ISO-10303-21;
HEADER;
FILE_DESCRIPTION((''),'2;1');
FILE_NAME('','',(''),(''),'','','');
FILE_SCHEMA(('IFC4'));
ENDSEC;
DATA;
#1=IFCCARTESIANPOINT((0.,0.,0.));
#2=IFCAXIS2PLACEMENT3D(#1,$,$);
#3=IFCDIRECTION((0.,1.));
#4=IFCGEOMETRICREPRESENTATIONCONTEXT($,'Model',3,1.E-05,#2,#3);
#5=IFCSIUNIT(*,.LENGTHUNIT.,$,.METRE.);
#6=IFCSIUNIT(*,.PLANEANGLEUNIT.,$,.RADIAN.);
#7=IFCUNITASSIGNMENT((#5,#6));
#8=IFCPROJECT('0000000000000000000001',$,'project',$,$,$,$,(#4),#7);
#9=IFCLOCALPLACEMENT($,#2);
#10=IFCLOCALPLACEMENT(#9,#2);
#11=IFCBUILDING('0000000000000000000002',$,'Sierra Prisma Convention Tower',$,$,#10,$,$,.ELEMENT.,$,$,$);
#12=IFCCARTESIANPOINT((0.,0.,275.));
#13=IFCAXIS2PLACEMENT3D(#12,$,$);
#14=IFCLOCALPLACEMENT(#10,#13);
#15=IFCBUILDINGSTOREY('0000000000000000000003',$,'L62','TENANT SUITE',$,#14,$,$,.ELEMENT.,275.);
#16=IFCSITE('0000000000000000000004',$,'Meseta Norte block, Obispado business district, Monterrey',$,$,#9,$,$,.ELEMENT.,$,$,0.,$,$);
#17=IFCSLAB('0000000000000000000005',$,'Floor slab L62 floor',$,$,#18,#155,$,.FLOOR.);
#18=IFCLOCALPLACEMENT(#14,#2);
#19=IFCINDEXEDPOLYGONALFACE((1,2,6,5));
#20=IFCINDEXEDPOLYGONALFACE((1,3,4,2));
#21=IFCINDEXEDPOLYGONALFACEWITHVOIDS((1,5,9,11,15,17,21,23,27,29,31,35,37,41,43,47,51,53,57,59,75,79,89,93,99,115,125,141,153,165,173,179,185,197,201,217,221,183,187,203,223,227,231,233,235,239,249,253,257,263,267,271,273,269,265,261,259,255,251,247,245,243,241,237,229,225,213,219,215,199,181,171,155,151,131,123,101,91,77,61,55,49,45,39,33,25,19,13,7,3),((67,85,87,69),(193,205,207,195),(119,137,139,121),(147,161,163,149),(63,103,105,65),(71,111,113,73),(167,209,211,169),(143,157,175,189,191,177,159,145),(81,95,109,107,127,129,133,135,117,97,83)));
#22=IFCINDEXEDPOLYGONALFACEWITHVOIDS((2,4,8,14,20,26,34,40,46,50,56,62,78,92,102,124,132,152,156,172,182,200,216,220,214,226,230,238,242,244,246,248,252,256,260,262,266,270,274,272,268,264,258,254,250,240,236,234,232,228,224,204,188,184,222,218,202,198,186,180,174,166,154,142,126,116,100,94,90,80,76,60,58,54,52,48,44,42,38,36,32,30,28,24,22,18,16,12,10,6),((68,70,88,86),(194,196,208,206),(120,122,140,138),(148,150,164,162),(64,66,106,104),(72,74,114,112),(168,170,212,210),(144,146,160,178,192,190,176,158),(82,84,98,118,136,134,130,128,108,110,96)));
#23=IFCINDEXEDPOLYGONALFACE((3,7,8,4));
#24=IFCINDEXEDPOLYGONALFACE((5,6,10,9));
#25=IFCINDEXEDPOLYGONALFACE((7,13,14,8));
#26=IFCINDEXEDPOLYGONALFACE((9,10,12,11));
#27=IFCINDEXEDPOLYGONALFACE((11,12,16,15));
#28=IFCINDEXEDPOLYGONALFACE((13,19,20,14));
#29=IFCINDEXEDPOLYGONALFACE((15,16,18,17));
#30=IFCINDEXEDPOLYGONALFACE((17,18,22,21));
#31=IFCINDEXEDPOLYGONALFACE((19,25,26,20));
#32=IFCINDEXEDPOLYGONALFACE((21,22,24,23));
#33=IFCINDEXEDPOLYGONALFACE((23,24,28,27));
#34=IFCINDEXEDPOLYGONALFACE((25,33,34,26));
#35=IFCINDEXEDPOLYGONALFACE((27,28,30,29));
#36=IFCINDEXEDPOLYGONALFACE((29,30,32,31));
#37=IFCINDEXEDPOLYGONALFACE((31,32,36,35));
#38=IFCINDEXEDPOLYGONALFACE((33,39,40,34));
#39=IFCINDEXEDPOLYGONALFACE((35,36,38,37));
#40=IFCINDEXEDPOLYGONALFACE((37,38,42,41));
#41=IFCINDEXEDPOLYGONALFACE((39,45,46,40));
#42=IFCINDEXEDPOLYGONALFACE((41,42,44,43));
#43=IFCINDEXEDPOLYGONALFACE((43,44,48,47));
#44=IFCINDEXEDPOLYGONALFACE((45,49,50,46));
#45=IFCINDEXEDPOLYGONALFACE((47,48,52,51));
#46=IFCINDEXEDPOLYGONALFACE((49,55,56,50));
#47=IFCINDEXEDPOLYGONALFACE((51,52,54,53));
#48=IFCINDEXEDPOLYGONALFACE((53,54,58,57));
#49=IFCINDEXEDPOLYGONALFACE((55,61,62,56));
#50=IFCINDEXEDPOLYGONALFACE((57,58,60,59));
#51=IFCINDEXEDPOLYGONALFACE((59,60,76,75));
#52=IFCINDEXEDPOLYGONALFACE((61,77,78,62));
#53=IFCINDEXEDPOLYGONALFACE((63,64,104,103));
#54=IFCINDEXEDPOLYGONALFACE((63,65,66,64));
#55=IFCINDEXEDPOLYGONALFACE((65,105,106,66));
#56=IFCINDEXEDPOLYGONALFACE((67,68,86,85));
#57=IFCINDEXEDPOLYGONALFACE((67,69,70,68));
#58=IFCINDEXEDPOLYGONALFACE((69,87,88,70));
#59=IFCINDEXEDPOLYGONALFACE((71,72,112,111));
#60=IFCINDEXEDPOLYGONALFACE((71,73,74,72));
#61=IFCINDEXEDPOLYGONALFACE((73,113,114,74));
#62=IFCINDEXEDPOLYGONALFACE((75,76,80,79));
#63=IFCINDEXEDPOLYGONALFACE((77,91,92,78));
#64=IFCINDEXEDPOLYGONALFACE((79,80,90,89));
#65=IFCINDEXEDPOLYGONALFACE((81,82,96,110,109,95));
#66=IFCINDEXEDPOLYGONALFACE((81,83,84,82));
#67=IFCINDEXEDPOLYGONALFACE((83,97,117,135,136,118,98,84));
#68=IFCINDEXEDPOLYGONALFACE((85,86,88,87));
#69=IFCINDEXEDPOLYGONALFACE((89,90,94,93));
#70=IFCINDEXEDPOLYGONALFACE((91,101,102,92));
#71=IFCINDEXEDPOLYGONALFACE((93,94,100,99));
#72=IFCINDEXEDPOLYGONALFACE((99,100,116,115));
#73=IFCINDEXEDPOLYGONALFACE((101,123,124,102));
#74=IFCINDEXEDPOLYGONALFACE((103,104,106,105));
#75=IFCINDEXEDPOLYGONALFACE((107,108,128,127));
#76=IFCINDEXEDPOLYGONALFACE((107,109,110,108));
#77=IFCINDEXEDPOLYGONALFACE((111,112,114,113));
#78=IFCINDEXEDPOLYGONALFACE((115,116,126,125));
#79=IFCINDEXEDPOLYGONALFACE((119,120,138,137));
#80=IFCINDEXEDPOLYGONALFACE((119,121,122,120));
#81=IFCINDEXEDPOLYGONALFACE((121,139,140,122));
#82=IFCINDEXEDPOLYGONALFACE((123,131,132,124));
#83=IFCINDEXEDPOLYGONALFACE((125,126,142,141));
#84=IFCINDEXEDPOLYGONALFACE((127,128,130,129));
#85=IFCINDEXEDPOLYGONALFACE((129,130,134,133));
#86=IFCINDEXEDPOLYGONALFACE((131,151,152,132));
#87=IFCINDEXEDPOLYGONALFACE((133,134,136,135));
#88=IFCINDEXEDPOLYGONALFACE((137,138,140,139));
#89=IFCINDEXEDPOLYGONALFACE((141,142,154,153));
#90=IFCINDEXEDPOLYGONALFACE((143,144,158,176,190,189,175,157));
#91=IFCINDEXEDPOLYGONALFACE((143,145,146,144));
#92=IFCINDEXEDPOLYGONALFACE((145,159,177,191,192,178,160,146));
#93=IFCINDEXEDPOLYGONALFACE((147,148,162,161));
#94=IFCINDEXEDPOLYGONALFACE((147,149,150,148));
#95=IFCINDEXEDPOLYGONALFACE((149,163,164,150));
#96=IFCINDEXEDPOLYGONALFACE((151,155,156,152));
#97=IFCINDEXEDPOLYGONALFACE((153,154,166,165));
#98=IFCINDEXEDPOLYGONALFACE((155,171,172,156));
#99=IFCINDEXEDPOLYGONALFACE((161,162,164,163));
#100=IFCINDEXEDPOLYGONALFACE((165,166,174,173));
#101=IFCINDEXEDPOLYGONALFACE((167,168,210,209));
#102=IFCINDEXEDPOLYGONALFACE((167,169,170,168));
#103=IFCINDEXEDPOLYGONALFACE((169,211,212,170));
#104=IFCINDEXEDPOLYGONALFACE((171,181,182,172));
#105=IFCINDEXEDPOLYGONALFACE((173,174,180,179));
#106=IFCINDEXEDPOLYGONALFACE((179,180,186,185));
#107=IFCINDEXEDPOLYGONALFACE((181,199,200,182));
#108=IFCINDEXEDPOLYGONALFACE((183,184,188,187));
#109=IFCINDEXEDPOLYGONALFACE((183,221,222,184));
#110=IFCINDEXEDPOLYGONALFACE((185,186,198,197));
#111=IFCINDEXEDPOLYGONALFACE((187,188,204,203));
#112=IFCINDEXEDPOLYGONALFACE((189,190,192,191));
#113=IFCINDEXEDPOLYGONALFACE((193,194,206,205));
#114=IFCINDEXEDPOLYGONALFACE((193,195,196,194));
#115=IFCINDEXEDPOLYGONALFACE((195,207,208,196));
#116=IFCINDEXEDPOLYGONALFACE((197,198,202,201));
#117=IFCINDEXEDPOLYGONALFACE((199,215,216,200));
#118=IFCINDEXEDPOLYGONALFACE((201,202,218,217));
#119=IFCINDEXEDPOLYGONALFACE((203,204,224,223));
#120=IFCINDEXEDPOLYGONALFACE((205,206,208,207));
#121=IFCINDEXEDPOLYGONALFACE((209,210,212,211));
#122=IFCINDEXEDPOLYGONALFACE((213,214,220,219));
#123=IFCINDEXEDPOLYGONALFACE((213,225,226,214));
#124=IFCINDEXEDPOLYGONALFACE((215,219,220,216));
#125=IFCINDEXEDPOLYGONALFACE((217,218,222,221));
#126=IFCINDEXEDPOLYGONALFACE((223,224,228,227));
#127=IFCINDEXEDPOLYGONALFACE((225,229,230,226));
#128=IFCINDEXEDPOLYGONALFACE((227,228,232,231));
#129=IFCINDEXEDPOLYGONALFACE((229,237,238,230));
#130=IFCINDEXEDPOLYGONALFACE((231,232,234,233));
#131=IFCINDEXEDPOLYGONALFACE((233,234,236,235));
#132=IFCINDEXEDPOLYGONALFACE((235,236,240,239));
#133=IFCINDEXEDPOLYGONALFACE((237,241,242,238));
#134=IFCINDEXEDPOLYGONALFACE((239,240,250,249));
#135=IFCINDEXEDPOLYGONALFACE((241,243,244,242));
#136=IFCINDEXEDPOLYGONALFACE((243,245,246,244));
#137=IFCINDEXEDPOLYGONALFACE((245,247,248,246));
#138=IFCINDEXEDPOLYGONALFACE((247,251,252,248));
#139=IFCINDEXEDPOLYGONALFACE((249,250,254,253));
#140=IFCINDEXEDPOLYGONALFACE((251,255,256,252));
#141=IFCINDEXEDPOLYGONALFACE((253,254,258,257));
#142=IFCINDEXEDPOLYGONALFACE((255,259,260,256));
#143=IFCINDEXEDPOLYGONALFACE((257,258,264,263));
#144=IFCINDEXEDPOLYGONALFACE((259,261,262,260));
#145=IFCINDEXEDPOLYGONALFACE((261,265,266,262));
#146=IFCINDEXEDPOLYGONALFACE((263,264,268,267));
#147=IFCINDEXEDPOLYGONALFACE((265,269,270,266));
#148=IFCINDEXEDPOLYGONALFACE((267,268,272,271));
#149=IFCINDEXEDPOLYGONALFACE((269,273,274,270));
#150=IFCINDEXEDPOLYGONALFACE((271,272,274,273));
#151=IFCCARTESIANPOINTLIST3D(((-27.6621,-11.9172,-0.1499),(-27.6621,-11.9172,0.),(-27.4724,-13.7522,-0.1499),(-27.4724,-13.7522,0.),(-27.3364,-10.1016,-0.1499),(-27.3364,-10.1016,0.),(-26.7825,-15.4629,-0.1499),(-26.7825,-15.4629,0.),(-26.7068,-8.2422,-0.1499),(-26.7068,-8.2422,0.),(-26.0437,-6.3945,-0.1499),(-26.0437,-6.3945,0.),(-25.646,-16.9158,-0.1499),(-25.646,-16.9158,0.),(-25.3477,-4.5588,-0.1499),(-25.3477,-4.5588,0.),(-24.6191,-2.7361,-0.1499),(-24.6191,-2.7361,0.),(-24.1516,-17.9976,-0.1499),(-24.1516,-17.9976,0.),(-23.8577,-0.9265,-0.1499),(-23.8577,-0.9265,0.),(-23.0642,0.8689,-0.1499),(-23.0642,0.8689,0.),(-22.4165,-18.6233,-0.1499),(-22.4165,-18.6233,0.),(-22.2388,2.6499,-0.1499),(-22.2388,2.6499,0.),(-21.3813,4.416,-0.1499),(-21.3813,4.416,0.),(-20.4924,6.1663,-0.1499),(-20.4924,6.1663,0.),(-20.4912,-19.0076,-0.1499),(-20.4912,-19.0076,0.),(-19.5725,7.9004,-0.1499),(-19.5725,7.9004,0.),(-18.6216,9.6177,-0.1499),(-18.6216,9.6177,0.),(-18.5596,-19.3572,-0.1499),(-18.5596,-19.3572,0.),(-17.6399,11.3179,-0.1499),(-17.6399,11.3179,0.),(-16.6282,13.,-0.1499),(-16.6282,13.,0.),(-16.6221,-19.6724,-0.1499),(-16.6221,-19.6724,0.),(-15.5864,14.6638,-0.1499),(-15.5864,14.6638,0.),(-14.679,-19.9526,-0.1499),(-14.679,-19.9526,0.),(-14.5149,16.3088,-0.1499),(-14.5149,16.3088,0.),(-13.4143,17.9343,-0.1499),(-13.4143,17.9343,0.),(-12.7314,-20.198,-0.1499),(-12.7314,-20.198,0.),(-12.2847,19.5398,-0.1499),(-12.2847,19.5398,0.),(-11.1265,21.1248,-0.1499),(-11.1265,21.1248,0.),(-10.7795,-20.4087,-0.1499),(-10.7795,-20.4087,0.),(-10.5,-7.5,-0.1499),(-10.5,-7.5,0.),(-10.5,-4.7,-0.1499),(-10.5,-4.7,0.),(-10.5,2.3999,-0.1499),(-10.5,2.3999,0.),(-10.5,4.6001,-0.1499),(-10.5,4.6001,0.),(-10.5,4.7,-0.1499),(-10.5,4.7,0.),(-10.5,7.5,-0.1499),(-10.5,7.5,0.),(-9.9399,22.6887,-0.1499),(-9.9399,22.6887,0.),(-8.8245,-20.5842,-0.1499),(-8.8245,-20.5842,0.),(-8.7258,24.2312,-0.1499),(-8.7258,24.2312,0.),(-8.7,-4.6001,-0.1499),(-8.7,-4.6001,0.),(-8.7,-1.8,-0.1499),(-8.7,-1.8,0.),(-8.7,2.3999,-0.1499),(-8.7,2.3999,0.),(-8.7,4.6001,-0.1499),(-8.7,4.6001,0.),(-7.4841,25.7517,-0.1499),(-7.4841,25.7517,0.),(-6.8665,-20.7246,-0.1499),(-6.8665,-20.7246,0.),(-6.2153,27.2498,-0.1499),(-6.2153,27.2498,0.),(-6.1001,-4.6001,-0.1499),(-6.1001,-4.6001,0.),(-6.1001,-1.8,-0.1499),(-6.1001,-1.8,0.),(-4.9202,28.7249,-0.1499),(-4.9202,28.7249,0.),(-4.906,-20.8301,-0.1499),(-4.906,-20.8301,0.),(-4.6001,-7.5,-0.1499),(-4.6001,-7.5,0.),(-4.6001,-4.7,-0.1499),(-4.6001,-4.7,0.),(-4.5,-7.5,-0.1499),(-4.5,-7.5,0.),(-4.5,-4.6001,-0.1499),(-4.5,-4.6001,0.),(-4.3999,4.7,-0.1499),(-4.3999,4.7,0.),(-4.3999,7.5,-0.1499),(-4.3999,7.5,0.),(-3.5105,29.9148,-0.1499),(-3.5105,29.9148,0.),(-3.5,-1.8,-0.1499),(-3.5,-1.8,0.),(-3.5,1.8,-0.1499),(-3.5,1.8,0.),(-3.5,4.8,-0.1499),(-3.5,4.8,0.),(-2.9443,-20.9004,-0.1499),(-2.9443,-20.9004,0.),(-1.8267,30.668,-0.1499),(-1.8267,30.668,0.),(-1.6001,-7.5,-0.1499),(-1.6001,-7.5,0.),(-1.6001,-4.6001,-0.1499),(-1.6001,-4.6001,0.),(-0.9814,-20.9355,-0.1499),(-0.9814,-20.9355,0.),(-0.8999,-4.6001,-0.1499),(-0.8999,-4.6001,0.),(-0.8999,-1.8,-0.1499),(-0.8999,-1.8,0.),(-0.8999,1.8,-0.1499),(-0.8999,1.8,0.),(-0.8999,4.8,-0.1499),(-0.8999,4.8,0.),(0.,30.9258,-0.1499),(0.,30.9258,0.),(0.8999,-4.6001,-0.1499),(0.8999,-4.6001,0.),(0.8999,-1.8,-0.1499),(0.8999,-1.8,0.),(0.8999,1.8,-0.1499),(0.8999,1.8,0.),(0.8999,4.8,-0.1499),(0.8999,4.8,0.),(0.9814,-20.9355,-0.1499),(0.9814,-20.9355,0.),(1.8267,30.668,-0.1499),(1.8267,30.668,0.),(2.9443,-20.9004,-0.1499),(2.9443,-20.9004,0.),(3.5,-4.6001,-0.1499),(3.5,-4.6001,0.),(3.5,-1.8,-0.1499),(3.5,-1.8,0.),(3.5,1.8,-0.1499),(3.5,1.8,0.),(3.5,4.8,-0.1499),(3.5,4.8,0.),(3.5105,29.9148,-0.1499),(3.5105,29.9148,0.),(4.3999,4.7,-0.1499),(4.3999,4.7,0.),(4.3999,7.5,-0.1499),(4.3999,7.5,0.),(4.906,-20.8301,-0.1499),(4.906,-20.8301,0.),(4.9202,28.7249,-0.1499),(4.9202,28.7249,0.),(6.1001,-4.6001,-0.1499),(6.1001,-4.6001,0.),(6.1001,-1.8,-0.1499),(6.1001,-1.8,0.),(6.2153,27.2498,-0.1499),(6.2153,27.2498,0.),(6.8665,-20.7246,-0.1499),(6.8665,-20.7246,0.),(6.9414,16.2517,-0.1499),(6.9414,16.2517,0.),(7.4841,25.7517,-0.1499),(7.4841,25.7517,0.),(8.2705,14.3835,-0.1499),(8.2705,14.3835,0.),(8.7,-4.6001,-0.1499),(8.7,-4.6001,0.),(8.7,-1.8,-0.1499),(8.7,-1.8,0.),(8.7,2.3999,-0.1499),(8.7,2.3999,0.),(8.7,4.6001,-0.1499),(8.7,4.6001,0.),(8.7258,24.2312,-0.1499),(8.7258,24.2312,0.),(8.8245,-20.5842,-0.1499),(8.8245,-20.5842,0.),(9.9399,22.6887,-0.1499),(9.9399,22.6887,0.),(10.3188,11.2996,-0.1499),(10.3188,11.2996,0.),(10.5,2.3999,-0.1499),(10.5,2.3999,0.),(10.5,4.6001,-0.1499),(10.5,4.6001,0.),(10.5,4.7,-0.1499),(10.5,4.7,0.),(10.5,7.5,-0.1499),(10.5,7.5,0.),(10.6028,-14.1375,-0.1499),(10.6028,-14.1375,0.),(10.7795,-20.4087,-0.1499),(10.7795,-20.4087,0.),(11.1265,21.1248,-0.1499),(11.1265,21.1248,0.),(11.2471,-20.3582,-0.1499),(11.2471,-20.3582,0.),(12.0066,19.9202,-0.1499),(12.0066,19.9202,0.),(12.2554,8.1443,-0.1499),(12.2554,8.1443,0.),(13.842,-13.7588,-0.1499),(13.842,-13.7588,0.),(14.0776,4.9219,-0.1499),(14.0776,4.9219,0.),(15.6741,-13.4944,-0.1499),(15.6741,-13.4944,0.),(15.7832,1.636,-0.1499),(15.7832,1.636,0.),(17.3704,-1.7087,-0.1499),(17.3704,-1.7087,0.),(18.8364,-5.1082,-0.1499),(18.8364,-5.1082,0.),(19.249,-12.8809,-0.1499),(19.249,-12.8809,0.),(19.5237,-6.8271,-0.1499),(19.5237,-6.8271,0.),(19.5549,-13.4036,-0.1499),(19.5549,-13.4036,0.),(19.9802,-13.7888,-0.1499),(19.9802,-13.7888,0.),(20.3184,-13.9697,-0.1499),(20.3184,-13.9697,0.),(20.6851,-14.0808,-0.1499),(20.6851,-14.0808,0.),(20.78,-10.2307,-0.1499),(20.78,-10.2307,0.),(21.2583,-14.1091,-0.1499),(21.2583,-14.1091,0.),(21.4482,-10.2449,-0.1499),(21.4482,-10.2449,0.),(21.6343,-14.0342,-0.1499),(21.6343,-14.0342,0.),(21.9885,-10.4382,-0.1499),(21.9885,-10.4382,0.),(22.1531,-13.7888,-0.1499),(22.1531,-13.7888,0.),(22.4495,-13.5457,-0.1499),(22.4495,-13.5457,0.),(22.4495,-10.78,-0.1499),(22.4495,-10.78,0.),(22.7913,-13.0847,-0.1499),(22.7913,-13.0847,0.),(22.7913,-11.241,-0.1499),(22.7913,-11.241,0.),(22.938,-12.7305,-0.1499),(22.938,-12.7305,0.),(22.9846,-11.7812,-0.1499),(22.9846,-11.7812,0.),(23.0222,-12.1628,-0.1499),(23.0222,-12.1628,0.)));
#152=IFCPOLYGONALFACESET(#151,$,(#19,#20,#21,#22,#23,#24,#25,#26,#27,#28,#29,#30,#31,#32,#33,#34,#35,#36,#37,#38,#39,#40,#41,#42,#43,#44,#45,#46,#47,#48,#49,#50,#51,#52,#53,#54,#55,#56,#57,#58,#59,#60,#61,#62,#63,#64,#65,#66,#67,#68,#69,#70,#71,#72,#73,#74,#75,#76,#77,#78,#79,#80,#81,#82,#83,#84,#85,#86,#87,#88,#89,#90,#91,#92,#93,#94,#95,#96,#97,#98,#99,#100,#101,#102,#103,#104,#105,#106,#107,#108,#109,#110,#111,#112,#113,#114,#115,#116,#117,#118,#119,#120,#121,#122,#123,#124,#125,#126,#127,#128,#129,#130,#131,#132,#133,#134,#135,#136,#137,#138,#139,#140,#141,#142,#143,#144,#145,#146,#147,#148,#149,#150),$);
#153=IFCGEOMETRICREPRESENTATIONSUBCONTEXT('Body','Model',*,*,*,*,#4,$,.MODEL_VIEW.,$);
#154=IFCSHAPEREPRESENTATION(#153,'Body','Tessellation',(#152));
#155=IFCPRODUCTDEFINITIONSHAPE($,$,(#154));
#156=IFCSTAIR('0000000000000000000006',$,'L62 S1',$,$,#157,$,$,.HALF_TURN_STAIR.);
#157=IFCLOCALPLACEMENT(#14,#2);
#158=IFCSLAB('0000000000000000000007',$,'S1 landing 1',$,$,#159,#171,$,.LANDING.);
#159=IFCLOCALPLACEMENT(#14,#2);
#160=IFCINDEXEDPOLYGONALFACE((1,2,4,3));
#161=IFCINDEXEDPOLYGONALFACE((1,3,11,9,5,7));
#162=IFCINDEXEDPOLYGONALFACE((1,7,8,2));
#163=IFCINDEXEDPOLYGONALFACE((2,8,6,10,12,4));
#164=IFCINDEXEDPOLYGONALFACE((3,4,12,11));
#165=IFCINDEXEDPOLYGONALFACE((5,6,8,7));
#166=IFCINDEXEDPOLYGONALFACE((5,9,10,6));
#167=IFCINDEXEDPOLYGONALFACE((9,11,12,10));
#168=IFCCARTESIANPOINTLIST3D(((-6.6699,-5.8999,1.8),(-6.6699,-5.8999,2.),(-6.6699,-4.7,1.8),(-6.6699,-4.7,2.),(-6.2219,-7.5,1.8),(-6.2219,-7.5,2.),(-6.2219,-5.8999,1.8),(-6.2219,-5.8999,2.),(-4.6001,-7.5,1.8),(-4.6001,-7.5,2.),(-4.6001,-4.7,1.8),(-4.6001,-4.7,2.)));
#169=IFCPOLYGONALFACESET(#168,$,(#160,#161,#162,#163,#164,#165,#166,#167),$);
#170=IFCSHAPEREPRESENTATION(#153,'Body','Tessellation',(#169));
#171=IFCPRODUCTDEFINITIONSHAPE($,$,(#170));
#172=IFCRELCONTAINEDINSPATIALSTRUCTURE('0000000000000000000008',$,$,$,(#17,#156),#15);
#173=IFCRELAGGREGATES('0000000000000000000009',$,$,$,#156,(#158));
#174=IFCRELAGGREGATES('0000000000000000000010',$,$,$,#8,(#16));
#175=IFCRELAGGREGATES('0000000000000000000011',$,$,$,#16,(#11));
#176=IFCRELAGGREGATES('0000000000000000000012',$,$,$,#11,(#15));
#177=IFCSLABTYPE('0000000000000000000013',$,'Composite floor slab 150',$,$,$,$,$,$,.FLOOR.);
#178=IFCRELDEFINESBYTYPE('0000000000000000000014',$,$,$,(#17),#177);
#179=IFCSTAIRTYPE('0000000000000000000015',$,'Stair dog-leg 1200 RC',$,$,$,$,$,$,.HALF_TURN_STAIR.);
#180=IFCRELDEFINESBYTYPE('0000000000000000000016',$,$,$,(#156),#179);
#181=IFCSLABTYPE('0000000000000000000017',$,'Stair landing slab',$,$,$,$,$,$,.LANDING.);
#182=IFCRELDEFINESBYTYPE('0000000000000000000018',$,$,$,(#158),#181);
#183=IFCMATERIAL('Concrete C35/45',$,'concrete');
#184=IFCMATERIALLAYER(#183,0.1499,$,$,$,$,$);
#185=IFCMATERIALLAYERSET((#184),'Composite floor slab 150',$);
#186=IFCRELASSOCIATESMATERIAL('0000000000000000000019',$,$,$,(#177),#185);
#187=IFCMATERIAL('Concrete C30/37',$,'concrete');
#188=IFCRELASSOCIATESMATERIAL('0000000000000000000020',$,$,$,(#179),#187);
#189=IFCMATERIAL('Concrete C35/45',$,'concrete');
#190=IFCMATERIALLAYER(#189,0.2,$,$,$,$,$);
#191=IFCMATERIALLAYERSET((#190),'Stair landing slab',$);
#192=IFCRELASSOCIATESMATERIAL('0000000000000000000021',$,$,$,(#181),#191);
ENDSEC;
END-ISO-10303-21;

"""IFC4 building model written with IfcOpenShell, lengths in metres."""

from ifc_helpers import new_model, si_unit, direction, frame, origin, place, context, subcontext, project, spatial, polyline, outline, extrude, material, layer, layer_set, type_object, element, aggregate, save


model = new_model("IFC4")

# Units and contexts
model_context = context("Model", 3, precision=1e-05, world=origin(), true_north=direction((0.0, 1.0)))
body_context = subcontext(model_context, "Body", "Model", "MODEL_VIEW")
ifc_project = project(units=[si_unit("LENGTHUNIT", "METRE"), si_unit("PLANEANGLEUNIT", "RADIAN")], contexts=[model_context])

# Site, building, storey
site_placement = place(None, origin())
site = spatial("IfcSite", under=ifc_project, at=site_placement, Name="Meseta Norte block, Obispado business district, Monterrey", CompositionType="ELEMENT", RefElevation=0.0)
building_placement = place(site_placement, origin())
building = spatial("IfcBuilding", under=site, at=building_placement, Name="Sierra Prisma Convention Tower", CompositionType="ELEMENT")
storey_placement = place(building_placement, frame((0.0, 0.0, 275.0)))
storey = spatial("IfcBuildingStorey", under=building, at=storey_placement, Name="L62", Description="TENANT SUITE", CompositionType="ELEMENT", Elevation=275.0)

# Slab
ifc_material_1 = material(Name="Concrete C35/45", Category="concrete")
ifc_layer_1 = layer(ifc_material_1, 0.1499)
ifc_layer_set_1 = layer_set([ifc_layer_1], Name="Composite floor slab 150")
slab_type_1 = type_object("IfcSlabType", Name="Composite floor slab 150", PredefinedType="FLOOR", material=ifc_layer_set_1)
slab_1_placement = place(storey_placement, frame((0.0, 0.0, -0.1499)))
element("IfcSlab", 1, at=slab_1_placement, inside=storey, type_object=slab_type_1, Name="Floor slab L62 floor", PredefinedType="FLOOR", context=body_context, shape_type="SweptSolid", body=[
    extrude(outline(polyline([(10.7795, -20.4087), (11.2471, -20.3582), (10.6028, -14.1375), (13.842, -13.7588), (15.6741, -13.4944), (19.249, -12.8809), (19.5549, -13.4036), (19.9802, -13.7888), (20.3184, -13.9697), (20.6851, -14.0808), (21.2583, -14.1091), (21.6343, -14.0342), (22.1531, -13.7888), (22.4495, -13.5457), (22.7913, -13.0847), (22.938, -12.7305), (23.0222, -12.1628), (22.9846, -11.7812), (22.7913, -11.241), (22.4495, -10.78), (21.9885, -10.4382), (21.4482, -10.2449), (20.78, -10.2307), (19.5237, -6.8271), (18.8364, -5.1082), (17.3704, -1.7087), (15.7832, 1.636), (14.0776, 4.9219), (12.2554, 8.1443), (10.3188, 11.2996), (8.2705, 14.3835), (6.9414, 16.2517), (12.0066, 19.9202), (11.1265, 21.1248), (9.9399, 22.6887), (8.7258, 24.2312), (7.4841, 25.7517), (6.2153, 27.2498), (4.9202, 28.7249), (3.5105, 29.9148), (1.8267, 30.668), (0.0, 30.9258), (-1.8267, 30.668), (-3.5105, 29.9148), (-4.9202, 28.7249), (-6.2153, 27.2498), (-7.4841, 25.7517), (-8.7258, 24.2312), (-9.9399, 22.6887), (-11.1265, 21.1248), (-12.2847, 19.5398), (-13.4143, 17.9343), (-14.5149, 16.3088), (-15.5864, 14.6638), (-16.6282, 13.0), (-17.6399, 11.3179), (-18.6216, 9.6177), (-19.5725, 7.9004), (-20.4924, 6.1663), (-21.3813, 4.416), (-22.2388, 2.6499), (-23.0642, 0.8689), (-23.8577, -0.9265), (-24.6191, -2.7361), (-25.3477, -4.5588), (-26.0437, -6.3945), (-26.7068, -8.2422), (-27.3364, -10.1016), (-27.6621, -11.9172), (-27.4724, -13.7522), (-26.7825, -15.4629), (-25.646, -16.9158), (-24.1516, -17.9976), (-22.4165, -18.6233), (-20.4912, -19.0076), (-18.5596, -19.3572), (-16.6221, -19.6724), (-14.679, -19.9526), (-12.7314, -20.198), (-10.7795, -20.4087), (-8.8245, -20.5842), (-6.8665, -20.7246), (-4.906, -20.8301), (-2.9443, -20.9004), (-0.9814, -20.9355), (0.9814, -20.9355), (2.9443, -20.9004), (4.906, -20.8301), (6.8665, -20.7246), (8.8245, -20.5842), (10.7795, -20.4087)]), holes=[polyline([(-4.6001, -4.7), (-4.6001, -7.5), (-10.5, -7.5), (-10.5, -4.7), (-4.6001, -4.7)]), polyline([(-4.5, -7.5), (-4.5, -4.6001), (-6.1001, -4.6001), (-8.7, -4.6001), (-8.7, -1.8), (-6.1001, -1.8), (-3.5, -1.8), (-0.8999, -1.8), (-0.8999, -4.6001), (-1.6001, -4.6001), (-1.6001, -7.5), (-4.5, -7.5)]), polyline([(-8.7, 2.3999), (-10.5, 2.3999), (-10.5, 4.6001), (-8.7, 4.6001), (-8.7, 2.3999)]), polyline([(-4.3999, 4.7), (-10.5, 4.7), (-10.5, 7.5), (-4.3999, 7.5), (-4.3999, 4.7)]), polyline([(3.5, -1.8), (6.1001, -1.8), (8.7, -1.8), (8.7, -4.6001), (6.1001, -4.6001), (3.5, -4.6001), (0.8999, -4.6001), (0.8999, -1.8), (3.5, -1.8)]), polyline([(-0.8999, 1.8), (-3.5, 1.8), (-3.5, 4.8), (-0.8999, 4.8), (-0.8999, 1.8)]), polyline([(3.5, 1.8), (0.8999, 1.8), (0.8999, 4.8), (3.5, 4.8), (3.5, 1.8)]), polyline([(10.5, 2.3999), (8.7, 2.3999), (8.7, 4.6001), (10.5, 4.6001), (10.5, 2.3999)]), polyline([(10.5, 4.7), (4.3999, 4.7), (4.3999, 7.5), (10.5, 7.5), (10.5, 4.7)])]), origin(), (0.0, 0.0, 1.0), 0.1499),
])

# Stair, slab
ifc_material_2 = material(Name="Concrete C30/37", Category="concrete")
stair_type = type_object("IfcStairType", Name="Stair dog-leg 1200 RC", PredefinedType="HALF_TURN_STAIR", material=ifc_material_2)
stair_1_placement = place(storey_placement, origin())
stair_1 = element("IfcStair", 2, at=stair_1_placement, inside=storey, type_object=stair_type, Name="L62 S1", PredefinedType="HALF_TURN_STAIR")
ifc_material_3 = material(Name="Concrete C35/45", Category="concrete")
ifc_layer_2 = layer(ifc_material_3, 0.2)
ifc_layer_set_2 = layer_set([ifc_layer_2], Name="Stair landing slab")
slab_type_2 = type_object("IfcSlabType", Name="Stair landing slab", PredefinedType="LANDING", material=ifc_layer_set_2)
slab_2_placement = place(storey_placement, frame((0.0, 0.0, 1.8)))
slab_2 = element("IfcSlab", 3, at=slab_2_placement, type_object=slab_type_2, Name="S1 landing 1", PredefinedType="LANDING", context=body_context, shape_type="SweptSolid", body=[
    extrude(outline(polyline([(-4.6001, -4.7), (-4.6001, -7.5), (-6.2219, -7.5), (-6.2219, -5.8999), (-6.6699, -5.8999), (-6.6699, -4.7), (-4.6001, -4.7)])), origin(), (0.0, 0.0, 1.0), 0.2),
])
aggregate(stair_1, [slab_2])

save(model, "model.ifc")
